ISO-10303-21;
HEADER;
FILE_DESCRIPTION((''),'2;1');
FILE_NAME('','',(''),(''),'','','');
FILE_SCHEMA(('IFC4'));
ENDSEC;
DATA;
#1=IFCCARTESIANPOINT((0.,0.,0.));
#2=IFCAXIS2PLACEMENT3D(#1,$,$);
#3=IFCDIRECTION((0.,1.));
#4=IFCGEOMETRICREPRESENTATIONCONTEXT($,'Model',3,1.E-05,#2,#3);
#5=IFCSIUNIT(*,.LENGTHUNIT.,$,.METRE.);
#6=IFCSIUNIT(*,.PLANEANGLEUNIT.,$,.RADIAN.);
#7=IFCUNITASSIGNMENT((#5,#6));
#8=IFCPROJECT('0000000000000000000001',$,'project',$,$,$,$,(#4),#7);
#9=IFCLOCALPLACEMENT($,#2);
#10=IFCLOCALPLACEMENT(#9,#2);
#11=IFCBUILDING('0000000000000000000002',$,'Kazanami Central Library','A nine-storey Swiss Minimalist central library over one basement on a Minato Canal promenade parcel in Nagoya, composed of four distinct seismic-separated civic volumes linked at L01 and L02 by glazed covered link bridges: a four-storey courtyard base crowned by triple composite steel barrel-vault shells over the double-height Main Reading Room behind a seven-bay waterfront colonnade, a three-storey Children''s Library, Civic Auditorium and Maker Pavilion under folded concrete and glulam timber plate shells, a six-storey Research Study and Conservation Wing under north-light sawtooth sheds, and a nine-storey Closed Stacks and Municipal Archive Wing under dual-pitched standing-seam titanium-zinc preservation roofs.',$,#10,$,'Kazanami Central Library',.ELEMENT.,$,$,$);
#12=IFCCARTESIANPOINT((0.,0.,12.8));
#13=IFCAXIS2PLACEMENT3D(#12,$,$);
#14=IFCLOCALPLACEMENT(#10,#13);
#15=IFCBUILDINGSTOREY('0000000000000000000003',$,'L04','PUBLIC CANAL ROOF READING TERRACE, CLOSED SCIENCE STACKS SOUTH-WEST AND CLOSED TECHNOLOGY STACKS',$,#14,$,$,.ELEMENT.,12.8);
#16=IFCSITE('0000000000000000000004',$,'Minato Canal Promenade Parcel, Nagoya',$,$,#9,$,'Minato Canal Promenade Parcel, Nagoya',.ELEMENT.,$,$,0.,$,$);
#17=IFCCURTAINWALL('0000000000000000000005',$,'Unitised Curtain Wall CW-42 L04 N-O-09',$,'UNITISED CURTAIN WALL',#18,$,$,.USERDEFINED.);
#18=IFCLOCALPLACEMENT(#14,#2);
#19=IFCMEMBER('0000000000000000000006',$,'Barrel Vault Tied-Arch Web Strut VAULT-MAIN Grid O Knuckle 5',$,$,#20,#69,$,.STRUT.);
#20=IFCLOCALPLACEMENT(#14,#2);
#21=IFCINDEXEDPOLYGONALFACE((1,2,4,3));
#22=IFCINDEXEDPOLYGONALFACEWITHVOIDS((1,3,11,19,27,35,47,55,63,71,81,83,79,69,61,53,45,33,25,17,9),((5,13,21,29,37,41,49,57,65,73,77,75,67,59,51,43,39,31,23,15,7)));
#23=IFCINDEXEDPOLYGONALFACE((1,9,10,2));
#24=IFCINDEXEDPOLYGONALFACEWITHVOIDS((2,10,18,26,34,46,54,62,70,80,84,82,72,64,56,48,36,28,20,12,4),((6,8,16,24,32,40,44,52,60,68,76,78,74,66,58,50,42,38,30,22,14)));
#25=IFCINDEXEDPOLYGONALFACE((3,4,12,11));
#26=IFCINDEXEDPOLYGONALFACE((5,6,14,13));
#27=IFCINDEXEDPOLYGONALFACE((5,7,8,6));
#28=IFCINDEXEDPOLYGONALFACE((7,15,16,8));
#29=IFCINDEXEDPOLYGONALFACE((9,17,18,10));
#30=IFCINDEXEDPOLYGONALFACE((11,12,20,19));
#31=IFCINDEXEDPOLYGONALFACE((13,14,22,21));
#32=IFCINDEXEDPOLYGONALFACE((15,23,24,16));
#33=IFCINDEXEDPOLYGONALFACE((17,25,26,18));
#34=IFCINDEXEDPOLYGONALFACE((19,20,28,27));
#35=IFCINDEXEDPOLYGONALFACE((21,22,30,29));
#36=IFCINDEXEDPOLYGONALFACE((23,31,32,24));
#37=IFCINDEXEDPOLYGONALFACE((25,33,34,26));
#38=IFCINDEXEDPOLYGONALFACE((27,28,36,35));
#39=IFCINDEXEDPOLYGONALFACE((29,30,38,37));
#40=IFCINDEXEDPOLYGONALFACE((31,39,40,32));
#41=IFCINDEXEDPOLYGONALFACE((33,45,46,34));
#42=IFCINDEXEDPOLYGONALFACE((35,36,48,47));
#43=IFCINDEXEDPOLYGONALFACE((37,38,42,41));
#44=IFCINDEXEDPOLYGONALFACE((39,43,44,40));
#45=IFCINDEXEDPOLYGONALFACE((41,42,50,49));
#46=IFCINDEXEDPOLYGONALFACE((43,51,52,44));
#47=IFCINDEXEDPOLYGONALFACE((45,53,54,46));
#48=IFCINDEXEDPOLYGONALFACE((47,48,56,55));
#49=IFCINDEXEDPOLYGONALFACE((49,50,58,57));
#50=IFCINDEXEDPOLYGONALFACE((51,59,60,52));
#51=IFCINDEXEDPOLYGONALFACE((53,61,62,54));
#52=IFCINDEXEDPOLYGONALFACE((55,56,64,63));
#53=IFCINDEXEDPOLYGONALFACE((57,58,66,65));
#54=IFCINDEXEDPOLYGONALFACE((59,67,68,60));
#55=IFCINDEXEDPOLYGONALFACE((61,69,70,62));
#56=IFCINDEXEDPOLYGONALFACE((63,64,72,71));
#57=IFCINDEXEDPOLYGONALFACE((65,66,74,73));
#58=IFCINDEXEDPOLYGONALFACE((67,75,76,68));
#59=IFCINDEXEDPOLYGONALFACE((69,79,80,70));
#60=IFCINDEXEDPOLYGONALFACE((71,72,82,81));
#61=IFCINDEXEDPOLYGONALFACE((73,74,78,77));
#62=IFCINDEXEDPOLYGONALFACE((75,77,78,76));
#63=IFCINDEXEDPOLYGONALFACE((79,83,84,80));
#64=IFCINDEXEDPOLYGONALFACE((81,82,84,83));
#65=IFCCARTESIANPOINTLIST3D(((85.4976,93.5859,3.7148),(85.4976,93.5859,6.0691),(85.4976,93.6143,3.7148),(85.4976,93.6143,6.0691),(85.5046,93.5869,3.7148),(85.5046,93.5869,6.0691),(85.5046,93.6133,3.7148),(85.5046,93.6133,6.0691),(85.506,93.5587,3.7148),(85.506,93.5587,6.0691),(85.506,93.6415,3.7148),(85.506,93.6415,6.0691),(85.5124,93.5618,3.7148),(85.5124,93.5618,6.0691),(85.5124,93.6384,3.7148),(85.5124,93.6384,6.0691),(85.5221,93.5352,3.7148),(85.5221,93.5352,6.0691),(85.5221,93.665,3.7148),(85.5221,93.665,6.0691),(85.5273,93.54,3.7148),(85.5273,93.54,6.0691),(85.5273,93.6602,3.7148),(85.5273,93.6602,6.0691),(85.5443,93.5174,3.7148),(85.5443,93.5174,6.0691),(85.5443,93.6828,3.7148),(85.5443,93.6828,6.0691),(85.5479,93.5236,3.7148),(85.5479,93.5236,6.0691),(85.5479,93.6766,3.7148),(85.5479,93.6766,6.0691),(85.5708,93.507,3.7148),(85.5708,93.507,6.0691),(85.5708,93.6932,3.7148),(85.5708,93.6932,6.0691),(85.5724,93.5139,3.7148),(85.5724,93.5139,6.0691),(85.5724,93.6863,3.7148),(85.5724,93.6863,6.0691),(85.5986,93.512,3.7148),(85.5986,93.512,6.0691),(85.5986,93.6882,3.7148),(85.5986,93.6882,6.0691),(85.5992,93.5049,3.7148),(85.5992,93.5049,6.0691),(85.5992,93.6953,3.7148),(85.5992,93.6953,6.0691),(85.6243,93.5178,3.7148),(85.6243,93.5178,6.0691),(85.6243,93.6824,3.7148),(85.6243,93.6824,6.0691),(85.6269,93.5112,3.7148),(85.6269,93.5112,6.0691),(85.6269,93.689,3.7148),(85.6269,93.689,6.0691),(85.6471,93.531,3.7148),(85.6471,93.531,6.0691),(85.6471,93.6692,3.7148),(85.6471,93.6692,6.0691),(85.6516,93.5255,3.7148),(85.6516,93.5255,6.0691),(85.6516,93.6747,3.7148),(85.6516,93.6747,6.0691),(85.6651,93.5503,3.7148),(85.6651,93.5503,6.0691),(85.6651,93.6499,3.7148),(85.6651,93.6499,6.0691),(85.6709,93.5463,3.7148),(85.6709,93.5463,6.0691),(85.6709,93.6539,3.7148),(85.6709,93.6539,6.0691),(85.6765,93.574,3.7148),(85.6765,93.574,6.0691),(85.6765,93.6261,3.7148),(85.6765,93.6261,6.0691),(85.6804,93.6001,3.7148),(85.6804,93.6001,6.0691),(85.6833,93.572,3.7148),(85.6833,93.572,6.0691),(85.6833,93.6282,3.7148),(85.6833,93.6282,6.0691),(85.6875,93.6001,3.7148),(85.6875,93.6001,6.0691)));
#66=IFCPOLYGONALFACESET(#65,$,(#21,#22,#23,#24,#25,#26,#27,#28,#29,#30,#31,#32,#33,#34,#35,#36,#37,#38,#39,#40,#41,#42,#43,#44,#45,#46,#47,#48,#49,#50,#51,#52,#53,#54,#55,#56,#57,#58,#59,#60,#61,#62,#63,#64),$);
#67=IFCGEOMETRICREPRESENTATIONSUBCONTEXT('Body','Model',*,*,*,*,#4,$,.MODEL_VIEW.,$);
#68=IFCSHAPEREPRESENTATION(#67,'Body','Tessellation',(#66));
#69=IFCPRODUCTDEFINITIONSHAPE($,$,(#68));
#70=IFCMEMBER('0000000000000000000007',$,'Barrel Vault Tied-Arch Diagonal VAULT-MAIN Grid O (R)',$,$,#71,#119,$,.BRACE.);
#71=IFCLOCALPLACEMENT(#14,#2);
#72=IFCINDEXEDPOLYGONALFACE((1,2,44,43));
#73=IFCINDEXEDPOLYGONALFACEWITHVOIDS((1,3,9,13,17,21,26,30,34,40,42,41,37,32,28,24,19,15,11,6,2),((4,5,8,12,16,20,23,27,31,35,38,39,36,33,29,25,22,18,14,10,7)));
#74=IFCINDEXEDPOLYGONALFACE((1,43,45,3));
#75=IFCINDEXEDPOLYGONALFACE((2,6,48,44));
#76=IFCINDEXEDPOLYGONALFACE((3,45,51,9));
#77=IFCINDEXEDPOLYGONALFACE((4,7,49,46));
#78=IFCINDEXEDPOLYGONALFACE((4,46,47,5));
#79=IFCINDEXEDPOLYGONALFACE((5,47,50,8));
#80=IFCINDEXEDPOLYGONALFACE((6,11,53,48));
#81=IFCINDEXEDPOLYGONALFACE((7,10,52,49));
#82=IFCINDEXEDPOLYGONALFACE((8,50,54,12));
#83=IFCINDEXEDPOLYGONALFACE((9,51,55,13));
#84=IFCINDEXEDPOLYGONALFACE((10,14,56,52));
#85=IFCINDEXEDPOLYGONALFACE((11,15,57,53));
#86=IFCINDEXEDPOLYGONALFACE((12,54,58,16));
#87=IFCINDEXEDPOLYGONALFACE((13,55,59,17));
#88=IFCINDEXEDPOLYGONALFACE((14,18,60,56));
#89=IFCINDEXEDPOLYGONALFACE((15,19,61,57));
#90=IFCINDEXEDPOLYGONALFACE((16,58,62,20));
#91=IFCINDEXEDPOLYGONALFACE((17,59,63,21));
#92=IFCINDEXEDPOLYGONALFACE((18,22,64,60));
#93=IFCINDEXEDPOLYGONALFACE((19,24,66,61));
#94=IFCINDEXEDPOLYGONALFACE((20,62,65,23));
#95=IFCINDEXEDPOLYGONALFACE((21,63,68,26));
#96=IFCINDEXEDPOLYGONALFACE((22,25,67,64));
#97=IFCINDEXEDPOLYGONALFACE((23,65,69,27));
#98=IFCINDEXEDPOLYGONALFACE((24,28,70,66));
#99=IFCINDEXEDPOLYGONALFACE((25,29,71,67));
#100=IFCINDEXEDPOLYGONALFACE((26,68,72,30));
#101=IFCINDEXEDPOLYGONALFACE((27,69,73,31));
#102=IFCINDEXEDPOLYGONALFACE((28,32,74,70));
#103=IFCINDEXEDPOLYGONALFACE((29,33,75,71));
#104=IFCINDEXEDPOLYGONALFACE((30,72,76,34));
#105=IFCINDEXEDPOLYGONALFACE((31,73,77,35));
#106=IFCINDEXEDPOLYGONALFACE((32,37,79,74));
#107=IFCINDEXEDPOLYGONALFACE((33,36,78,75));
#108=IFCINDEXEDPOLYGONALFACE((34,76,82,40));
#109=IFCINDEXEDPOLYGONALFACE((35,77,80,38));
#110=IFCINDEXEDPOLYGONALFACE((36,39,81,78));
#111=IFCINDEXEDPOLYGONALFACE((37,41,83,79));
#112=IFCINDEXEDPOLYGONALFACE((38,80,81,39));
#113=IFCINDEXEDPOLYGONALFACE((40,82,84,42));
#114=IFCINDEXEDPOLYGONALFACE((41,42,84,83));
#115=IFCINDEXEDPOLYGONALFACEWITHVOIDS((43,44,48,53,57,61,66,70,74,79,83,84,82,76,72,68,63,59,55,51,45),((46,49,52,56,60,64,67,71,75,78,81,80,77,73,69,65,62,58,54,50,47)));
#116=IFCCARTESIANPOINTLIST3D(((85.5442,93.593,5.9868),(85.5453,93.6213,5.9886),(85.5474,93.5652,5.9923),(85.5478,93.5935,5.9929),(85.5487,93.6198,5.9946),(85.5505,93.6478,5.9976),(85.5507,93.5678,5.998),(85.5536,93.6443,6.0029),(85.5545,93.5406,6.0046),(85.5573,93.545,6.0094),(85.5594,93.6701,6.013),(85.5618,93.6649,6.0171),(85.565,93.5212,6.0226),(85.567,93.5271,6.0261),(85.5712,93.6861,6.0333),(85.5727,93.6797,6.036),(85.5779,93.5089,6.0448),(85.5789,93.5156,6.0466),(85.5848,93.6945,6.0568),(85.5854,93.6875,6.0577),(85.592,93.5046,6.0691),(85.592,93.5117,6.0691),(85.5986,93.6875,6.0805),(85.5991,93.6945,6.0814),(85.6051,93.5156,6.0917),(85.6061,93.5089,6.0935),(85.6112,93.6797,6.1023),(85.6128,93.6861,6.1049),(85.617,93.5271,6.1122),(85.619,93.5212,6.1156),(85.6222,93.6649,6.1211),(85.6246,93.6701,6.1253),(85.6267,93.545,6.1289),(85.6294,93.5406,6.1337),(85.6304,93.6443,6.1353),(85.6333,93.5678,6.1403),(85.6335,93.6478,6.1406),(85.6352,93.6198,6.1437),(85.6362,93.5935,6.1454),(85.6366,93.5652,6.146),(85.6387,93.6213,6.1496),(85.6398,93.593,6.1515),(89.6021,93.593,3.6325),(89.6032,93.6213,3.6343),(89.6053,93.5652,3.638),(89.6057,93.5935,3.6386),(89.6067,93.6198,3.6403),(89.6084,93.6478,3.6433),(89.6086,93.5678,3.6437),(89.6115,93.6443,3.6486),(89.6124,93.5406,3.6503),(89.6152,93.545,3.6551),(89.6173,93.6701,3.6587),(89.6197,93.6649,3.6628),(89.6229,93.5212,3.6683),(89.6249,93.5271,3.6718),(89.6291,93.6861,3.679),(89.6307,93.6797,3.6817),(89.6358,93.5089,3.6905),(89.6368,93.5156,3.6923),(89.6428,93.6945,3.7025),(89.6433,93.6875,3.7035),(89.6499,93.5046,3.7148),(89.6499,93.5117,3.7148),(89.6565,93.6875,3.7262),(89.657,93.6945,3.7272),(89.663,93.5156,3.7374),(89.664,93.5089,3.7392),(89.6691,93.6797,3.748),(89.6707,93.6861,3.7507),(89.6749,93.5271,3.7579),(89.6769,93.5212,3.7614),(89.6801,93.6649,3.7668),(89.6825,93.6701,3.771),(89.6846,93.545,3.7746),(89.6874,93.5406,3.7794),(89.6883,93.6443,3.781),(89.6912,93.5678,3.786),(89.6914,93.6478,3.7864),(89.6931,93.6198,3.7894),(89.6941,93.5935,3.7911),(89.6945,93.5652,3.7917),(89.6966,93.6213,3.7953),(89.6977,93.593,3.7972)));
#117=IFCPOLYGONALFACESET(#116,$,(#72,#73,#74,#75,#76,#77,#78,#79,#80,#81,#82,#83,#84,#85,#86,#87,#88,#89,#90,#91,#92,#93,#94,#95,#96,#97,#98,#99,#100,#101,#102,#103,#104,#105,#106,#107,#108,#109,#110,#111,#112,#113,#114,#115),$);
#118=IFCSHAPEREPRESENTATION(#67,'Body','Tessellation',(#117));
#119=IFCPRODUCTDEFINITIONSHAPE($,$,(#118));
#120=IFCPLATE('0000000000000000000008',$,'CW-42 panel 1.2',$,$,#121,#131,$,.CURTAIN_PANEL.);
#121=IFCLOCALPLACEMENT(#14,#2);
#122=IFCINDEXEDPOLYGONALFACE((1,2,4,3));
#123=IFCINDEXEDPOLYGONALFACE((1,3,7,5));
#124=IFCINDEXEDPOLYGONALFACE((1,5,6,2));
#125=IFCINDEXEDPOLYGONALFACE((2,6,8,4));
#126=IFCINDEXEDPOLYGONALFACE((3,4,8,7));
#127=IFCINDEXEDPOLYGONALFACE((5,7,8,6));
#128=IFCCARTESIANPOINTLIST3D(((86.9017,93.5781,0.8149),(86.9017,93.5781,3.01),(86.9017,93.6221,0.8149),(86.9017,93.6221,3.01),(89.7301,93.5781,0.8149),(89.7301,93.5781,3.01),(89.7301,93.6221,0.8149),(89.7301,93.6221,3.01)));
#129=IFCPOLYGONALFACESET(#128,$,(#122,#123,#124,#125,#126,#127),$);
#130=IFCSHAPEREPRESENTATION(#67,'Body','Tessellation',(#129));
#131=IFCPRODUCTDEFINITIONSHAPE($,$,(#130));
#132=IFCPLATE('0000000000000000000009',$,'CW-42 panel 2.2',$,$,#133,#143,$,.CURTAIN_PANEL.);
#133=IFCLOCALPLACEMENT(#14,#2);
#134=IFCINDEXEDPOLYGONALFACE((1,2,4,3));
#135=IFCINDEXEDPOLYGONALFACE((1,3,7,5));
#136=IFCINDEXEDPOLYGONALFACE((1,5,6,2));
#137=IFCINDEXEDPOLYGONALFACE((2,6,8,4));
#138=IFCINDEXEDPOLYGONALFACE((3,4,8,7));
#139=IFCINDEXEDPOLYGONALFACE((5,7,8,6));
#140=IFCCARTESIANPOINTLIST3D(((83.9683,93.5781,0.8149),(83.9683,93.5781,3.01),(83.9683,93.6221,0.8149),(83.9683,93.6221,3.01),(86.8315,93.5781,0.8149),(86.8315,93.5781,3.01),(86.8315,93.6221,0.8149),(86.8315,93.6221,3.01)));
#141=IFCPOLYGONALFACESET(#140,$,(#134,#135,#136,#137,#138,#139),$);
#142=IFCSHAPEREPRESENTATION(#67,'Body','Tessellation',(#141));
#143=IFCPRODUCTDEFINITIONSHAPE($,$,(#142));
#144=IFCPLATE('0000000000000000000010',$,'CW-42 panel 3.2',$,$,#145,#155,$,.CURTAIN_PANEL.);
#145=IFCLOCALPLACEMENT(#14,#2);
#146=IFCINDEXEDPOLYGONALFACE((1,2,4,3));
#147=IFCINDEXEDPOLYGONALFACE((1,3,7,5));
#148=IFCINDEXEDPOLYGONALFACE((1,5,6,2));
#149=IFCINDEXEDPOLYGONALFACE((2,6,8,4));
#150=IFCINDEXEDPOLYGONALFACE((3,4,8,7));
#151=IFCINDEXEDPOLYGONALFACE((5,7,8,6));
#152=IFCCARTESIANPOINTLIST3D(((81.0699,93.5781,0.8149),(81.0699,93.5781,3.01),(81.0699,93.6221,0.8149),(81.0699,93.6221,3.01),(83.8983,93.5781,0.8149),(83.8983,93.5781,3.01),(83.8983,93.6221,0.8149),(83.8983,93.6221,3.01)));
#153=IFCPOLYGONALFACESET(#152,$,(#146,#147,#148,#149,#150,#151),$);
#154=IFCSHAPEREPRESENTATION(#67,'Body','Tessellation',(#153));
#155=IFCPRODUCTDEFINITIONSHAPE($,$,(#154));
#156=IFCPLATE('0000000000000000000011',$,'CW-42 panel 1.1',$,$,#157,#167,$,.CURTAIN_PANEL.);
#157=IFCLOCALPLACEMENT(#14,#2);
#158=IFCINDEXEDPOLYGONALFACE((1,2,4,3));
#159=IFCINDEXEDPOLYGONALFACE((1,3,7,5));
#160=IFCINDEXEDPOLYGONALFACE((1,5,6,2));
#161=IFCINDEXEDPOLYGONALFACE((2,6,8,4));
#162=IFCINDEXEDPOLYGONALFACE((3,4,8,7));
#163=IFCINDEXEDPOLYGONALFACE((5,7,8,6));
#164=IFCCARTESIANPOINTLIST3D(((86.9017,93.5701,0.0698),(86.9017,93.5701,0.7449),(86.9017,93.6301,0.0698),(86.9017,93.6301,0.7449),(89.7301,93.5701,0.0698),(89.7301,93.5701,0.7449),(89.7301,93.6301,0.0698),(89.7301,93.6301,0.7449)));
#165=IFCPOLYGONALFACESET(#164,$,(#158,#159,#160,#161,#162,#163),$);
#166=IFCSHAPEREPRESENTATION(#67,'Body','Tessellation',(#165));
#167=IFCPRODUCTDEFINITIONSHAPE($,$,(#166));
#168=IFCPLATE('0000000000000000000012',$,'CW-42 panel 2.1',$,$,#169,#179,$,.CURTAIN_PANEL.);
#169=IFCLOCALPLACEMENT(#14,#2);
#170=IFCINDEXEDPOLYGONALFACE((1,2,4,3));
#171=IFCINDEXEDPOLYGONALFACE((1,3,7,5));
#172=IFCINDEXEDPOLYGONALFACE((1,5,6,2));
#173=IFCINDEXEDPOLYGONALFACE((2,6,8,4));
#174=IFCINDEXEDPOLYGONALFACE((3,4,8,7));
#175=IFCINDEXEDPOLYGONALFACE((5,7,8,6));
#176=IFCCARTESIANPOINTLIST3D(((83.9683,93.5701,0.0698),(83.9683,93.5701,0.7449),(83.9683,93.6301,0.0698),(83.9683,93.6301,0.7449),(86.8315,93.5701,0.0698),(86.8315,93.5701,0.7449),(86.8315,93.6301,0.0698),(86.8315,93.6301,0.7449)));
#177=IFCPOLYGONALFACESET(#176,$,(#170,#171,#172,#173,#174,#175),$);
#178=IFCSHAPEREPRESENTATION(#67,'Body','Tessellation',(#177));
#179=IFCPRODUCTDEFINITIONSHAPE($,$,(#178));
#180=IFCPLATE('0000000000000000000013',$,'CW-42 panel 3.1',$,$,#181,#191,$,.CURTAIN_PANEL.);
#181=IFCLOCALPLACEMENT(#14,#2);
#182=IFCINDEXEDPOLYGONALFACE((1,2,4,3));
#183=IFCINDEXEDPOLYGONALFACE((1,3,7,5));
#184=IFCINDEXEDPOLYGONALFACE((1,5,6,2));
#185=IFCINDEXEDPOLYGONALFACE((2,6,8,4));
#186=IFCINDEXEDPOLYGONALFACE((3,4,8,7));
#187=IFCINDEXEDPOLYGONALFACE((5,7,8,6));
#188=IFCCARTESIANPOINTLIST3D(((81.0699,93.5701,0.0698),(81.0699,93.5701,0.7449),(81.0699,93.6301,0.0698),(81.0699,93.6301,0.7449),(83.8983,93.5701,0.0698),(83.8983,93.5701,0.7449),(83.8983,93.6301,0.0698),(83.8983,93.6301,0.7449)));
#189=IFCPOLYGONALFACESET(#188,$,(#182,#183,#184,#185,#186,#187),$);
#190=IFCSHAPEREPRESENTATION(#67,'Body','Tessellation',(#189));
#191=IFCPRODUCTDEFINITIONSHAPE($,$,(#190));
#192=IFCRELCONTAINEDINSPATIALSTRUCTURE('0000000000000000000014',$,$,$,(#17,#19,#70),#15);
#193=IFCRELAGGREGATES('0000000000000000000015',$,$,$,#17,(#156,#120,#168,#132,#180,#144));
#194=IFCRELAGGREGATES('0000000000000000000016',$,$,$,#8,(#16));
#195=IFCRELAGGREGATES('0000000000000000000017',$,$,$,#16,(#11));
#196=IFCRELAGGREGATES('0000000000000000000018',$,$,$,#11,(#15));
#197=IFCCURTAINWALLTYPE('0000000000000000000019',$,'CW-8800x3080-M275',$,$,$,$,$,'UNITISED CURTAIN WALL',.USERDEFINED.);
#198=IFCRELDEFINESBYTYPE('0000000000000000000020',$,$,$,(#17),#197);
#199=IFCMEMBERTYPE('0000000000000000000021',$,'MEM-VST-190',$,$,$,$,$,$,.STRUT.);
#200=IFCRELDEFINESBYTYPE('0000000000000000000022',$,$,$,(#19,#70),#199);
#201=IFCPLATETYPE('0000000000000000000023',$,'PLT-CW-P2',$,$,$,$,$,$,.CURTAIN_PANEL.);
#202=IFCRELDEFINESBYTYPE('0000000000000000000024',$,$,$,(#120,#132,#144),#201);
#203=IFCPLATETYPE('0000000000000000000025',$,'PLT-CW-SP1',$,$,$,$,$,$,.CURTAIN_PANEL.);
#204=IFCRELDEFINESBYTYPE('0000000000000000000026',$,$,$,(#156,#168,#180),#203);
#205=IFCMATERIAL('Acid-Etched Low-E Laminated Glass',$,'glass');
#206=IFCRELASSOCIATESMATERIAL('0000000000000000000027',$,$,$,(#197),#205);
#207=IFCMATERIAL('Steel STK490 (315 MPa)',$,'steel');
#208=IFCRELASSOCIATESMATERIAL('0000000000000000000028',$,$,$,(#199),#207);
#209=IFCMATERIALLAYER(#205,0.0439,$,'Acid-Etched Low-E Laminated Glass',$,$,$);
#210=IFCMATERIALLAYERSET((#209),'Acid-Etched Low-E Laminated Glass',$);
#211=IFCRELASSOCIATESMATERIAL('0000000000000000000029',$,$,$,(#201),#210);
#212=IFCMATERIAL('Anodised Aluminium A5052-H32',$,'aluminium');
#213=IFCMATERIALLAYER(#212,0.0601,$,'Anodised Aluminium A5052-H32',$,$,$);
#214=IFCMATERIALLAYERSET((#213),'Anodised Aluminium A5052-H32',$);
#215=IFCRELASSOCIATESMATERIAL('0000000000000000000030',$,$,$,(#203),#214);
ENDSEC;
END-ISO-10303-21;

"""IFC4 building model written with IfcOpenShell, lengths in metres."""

from ifc_helpers import new_model, si_unit, direction, frame, origin, origin_2d, place, context, subcontext, project, spatial, rectangle, hollow_circle, extrude, material, layer, layer_set, material_profile, profile_set, type_object, element, aggregate, save


model = new_model("IFC4")

# Units and contexts
model_context = context("Model", 3, precision=1e-05, world=origin(), true_north=direction((0.0, 1.0)))
body_context = subcontext(model_context, "Body", "Model", "MODEL_VIEW")
ifc_project = project(units=[si_unit("LENGTHUNIT", "METRE"), si_unit("PLANEANGLEUNIT", "RADIAN")], contexts=[model_context])

# Site, building, storey
site_placement = place(None, origin())
site = spatial("IfcSite", under=ifc_project, at=site_placement, Name="Minato Canal Promenade Parcel, Nagoya", LongName="Minato Canal Promenade Parcel, Nagoya", CompositionType="ELEMENT", RefElevation=0.0)
building_placement = place(site_placement, origin())
building = spatial("IfcBuilding", under=site, at=building_placement, Name="Kazanami Central Library", Description="A nine-storey Swiss Minimalist central library over one basement on a Minato Canal promenade parcel in Nagoya, composed of four distinct seismic-separated civic volumes linked at L01 and L02 by glazed covered link bridges: a four-storey courtyard base crowned by triple composite steel barrel-vault shells over the double-height Main Reading Room behind a seven-bay waterfront colonnade, a three-storey Children's Library, Civic Auditorium and Maker Pavilion under folded concrete and glulam timber plate shells, a six-storey Research Study and Conservation Wing under north-light sawtooth sheds, and a nine-storey Closed Stacks and Municipal Archive Wing under dual-pitched standing-seam titanium-zinc preservation roofs.", LongName="Kazanami Central Library", CompositionType="ELEMENT")
storey_placement = place(building_placement, frame((0.0, 0.0, 12.8)))
storey = spatial("IfcBuildingStorey", under=building, at=storey_placement, Name="L04", Description="PUBLIC CANAL ROOF READING TERRACE, CLOSED SCIENCE STACKS SOUTH-WEST AND CLOSED TECHNOLOGY STACKS", CompositionType="ELEMENT", Elevation=12.8)

# Curtain wall
ifc_material_1 = material(Name="Acid-Etched Low-E Laminated Glass", Category="glass")
curtain_wall_type = type_object("IfcCurtainWallType", Name="CW-8800x3080-M275", ElementType="UNITISED CURTAIN WALL", PredefinedType="USERDEFINED", material=ifc_material_1)
curtain_wall_placement = place(storey_placement, origin())
curtain_wall = element("IfcCurtainWall", 1, at=curtain_wall_placement, inside=storey, type_object=curtain_wall_type, Name="Unitised Curtain Wall CW-42 L04 N-O-09", ObjectType="UNITISED CURTAIN WALL", PredefinedType="USERDEFINED")

# Members
ifc_material_2 = material(Name="Steel STK490 (315 MPa)", Category="steel")
ifc_material_profile_1 = material_profile(ifc_material_2, hollow_circle(Radius=0.0955, WallThickness=0.0071, at=origin_2d()), Name="CHS-190.7x7.0")
ifc_profile_set_1 = profile_set([ifc_material_profile_1], Name="Steel STK490 (315 MPa)")
member_type_1 = type_object("IfcMemberType", Name="MEM-VST-190", PredefinedType="STRUT", material=ifc_profile_set_1)
member_1_placement = place(storey_placement, frame((85.592, 93.6001, 3.7148), z_axis=(0.0, 0.0, 1.0), x_axis=(1.0, 0.0, 0.0)))
element("IfcMember", 2, at=member_1_placement, inside=storey, type_object=member_type_1, Name="Barrel Vault Tied-Arch Web Strut VAULT-MAIN Grid O Knuckle 5", PredefinedType="STRUT", context=body_context, shape_type="SweptSolid", body=[
    extrude(hollow_circle(Radius=0.0955, WallThickness=0.0071, at=origin_2d()), origin(), (0.0, 0.0, 1.0), 2.3542),
])
member_2_placement = place(storey_placement, frame((89.6499, 93.6001, 3.7148), z_axis=(-0.864967, 0.0, 0.501828), x_axis=(0.0, -1.0, 0.0)))
element("IfcMember", 3, at=member_2_placement, inside=storey, type_object=member_type_1, Name="Barrel Vault Tied-Arch Diagonal VAULT-MAIN Grid O (R)", PredefinedType="BRACE", context=body_context, shape_type="SweptSolid", body=[
    extrude(hollow_circle(Radius=0.0955, WallThickness=0.0071, at=origin_2d()), origin(), (0.0, 0.0, 1.0), 4.6914),
])

# Plates
ifc_layer_1 = layer(ifc_material_1, 0.0439, Name="Acid-Etched Low-E Laminated Glass")
ifc_layer_set_1 = layer_set([ifc_layer_1], Name="Acid-Etched Low-E Laminated Glass")
plate_type_1 = type_object("IfcPlateType", Name="PLT-CW-P2", PredefinedType="CURTAIN_PANEL", material=ifc_layer_set_1)
plate_1_placement = place(storey_placement, frame((88.3159, 93.6001, 0.8149), z_axis=(0.0, 0.0, 1.0), x_axis=(-1.0, 0.0, 0.0)))
plate_1 = element("IfcPlate", 4, at=plate_1_placement, type_object=plate_type_1, Name="CW-42 panel 1.2", PredefinedType="CURTAIN_PANEL", context=body_context, shape_type="SweptSolid", body=[
    extrude(rectangle(XDim=2.8284, YDim=0.0439, at=origin_2d()), origin(), (0.0, 0.0, 1.0), 2.1951),
])
plate_2_placement = place(storey_placement, frame((85.3999, 93.6001, 0.8149), z_axis=(0.0, 0.0, 1.0), x_axis=(-1.0, 0.0, 0.0)))
plate_2 = element("IfcPlate", 5, at=plate_2_placement, type_object=plate_type_1, Name="CW-42 panel 2.2", PredefinedType="CURTAIN_PANEL", context=body_context, shape_type="SweptSolid", body=[
    extrude(rectangle(XDim=2.8633, YDim=0.0439, at=origin_2d()), origin(), (0.0, 0.0, 1.0), 2.1951),
])
plate_3_placement = place(storey_placement, frame((82.4841, 93.6001, 0.8149), z_axis=(0.0, 0.0, 1.0), x_axis=(-1.0, 0.0, 0.0)))
plate_3 = element("IfcPlate", 6, at=plate_3_placement, type_object=plate_type_1, Name="CW-42 panel 3.2", PredefinedType="CURTAIN_PANEL", context=body_context, shape_type="SweptSolid", body=[
    extrude(rectangle(XDim=2.8284, YDim=0.0439, at=origin_2d()), origin(), (0.0, 0.0, 1.0), 2.1951),
])
ifc_material_3 = material(Name="Anodised Aluminium A5052-H32", Category="aluminium")
ifc_layer_2 = layer(ifc_material_3, 0.0601, Name="Anodised Aluminium A5052-H32")
ifc_layer_set_2 = layer_set([ifc_layer_2], Name="Anodised Aluminium A5052-H32")
plate_type_2 = type_object("IfcPlateType", Name="PLT-CW-SP1", PredefinedType="CURTAIN_PANEL", material=ifc_layer_set_2)
plate_4_placement = place(storey_placement, frame((88.3159, 93.6001, 0.0698), z_axis=(0.0, 0.0, 1.0), x_axis=(-1.0, 0.0, 0.0)))
plate_4 = element("IfcPlate", 7, at=plate_4_placement, type_object=plate_type_2, Name="CW-42 panel 1.1", PredefinedType="CURTAIN_PANEL", context=body_context, shape_type="SweptSolid", body=[
    extrude(rectangle(XDim=2.8284, YDim=0.0601, at=origin_2d()), origin(), (0.0, 0.0, 1.0), 0.675),
])
plate_5_placement = place(storey_placement, frame((85.3999, 93.6001, 0.0698), z_axis=(0.0, 0.0, 1.0), x_axis=(-1.0, 0.0, 0.0)))
plate_5 = element("IfcPlate", 8, at=plate_5_placement, type_object=plate_type_2, Name="CW-42 panel 2.1", PredefinedType="CURTAIN_PANEL", context=body_context, shape_type="SweptSolid", body=[
    extrude(rectangle(XDim=2.8633, YDim=0.0601, at=origin_2d()), origin(), (0.0, 0.0, 1.0), 0.675),
])
plate_6_placement = place(storey_placement, frame((82.4841, 93.6001, 0.0698), z_axis=(0.0, 0.0, 1.0), x_axis=(-1.0, 0.0, 0.0)))
plate_6 = element("IfcPlate", 9, at=plate_6_placement, type_object=plate_type_2, Name="CW-42 panel 3.1", PredefinedType="CURTAIN_PANEL", context=body_context, shape_type="SweptSolid", body=[
    extrude(rectangle(XDim=2.8284, YDim=0.0601, at=origin_2d()), origin(), (0.0, 0.0, 1.0), 0.675),
])
aggregate(curtain_wall, [plate_4, plate_1, plate_5, plate_2, plate_6, plate_3])

save(model, "model.ifc")
